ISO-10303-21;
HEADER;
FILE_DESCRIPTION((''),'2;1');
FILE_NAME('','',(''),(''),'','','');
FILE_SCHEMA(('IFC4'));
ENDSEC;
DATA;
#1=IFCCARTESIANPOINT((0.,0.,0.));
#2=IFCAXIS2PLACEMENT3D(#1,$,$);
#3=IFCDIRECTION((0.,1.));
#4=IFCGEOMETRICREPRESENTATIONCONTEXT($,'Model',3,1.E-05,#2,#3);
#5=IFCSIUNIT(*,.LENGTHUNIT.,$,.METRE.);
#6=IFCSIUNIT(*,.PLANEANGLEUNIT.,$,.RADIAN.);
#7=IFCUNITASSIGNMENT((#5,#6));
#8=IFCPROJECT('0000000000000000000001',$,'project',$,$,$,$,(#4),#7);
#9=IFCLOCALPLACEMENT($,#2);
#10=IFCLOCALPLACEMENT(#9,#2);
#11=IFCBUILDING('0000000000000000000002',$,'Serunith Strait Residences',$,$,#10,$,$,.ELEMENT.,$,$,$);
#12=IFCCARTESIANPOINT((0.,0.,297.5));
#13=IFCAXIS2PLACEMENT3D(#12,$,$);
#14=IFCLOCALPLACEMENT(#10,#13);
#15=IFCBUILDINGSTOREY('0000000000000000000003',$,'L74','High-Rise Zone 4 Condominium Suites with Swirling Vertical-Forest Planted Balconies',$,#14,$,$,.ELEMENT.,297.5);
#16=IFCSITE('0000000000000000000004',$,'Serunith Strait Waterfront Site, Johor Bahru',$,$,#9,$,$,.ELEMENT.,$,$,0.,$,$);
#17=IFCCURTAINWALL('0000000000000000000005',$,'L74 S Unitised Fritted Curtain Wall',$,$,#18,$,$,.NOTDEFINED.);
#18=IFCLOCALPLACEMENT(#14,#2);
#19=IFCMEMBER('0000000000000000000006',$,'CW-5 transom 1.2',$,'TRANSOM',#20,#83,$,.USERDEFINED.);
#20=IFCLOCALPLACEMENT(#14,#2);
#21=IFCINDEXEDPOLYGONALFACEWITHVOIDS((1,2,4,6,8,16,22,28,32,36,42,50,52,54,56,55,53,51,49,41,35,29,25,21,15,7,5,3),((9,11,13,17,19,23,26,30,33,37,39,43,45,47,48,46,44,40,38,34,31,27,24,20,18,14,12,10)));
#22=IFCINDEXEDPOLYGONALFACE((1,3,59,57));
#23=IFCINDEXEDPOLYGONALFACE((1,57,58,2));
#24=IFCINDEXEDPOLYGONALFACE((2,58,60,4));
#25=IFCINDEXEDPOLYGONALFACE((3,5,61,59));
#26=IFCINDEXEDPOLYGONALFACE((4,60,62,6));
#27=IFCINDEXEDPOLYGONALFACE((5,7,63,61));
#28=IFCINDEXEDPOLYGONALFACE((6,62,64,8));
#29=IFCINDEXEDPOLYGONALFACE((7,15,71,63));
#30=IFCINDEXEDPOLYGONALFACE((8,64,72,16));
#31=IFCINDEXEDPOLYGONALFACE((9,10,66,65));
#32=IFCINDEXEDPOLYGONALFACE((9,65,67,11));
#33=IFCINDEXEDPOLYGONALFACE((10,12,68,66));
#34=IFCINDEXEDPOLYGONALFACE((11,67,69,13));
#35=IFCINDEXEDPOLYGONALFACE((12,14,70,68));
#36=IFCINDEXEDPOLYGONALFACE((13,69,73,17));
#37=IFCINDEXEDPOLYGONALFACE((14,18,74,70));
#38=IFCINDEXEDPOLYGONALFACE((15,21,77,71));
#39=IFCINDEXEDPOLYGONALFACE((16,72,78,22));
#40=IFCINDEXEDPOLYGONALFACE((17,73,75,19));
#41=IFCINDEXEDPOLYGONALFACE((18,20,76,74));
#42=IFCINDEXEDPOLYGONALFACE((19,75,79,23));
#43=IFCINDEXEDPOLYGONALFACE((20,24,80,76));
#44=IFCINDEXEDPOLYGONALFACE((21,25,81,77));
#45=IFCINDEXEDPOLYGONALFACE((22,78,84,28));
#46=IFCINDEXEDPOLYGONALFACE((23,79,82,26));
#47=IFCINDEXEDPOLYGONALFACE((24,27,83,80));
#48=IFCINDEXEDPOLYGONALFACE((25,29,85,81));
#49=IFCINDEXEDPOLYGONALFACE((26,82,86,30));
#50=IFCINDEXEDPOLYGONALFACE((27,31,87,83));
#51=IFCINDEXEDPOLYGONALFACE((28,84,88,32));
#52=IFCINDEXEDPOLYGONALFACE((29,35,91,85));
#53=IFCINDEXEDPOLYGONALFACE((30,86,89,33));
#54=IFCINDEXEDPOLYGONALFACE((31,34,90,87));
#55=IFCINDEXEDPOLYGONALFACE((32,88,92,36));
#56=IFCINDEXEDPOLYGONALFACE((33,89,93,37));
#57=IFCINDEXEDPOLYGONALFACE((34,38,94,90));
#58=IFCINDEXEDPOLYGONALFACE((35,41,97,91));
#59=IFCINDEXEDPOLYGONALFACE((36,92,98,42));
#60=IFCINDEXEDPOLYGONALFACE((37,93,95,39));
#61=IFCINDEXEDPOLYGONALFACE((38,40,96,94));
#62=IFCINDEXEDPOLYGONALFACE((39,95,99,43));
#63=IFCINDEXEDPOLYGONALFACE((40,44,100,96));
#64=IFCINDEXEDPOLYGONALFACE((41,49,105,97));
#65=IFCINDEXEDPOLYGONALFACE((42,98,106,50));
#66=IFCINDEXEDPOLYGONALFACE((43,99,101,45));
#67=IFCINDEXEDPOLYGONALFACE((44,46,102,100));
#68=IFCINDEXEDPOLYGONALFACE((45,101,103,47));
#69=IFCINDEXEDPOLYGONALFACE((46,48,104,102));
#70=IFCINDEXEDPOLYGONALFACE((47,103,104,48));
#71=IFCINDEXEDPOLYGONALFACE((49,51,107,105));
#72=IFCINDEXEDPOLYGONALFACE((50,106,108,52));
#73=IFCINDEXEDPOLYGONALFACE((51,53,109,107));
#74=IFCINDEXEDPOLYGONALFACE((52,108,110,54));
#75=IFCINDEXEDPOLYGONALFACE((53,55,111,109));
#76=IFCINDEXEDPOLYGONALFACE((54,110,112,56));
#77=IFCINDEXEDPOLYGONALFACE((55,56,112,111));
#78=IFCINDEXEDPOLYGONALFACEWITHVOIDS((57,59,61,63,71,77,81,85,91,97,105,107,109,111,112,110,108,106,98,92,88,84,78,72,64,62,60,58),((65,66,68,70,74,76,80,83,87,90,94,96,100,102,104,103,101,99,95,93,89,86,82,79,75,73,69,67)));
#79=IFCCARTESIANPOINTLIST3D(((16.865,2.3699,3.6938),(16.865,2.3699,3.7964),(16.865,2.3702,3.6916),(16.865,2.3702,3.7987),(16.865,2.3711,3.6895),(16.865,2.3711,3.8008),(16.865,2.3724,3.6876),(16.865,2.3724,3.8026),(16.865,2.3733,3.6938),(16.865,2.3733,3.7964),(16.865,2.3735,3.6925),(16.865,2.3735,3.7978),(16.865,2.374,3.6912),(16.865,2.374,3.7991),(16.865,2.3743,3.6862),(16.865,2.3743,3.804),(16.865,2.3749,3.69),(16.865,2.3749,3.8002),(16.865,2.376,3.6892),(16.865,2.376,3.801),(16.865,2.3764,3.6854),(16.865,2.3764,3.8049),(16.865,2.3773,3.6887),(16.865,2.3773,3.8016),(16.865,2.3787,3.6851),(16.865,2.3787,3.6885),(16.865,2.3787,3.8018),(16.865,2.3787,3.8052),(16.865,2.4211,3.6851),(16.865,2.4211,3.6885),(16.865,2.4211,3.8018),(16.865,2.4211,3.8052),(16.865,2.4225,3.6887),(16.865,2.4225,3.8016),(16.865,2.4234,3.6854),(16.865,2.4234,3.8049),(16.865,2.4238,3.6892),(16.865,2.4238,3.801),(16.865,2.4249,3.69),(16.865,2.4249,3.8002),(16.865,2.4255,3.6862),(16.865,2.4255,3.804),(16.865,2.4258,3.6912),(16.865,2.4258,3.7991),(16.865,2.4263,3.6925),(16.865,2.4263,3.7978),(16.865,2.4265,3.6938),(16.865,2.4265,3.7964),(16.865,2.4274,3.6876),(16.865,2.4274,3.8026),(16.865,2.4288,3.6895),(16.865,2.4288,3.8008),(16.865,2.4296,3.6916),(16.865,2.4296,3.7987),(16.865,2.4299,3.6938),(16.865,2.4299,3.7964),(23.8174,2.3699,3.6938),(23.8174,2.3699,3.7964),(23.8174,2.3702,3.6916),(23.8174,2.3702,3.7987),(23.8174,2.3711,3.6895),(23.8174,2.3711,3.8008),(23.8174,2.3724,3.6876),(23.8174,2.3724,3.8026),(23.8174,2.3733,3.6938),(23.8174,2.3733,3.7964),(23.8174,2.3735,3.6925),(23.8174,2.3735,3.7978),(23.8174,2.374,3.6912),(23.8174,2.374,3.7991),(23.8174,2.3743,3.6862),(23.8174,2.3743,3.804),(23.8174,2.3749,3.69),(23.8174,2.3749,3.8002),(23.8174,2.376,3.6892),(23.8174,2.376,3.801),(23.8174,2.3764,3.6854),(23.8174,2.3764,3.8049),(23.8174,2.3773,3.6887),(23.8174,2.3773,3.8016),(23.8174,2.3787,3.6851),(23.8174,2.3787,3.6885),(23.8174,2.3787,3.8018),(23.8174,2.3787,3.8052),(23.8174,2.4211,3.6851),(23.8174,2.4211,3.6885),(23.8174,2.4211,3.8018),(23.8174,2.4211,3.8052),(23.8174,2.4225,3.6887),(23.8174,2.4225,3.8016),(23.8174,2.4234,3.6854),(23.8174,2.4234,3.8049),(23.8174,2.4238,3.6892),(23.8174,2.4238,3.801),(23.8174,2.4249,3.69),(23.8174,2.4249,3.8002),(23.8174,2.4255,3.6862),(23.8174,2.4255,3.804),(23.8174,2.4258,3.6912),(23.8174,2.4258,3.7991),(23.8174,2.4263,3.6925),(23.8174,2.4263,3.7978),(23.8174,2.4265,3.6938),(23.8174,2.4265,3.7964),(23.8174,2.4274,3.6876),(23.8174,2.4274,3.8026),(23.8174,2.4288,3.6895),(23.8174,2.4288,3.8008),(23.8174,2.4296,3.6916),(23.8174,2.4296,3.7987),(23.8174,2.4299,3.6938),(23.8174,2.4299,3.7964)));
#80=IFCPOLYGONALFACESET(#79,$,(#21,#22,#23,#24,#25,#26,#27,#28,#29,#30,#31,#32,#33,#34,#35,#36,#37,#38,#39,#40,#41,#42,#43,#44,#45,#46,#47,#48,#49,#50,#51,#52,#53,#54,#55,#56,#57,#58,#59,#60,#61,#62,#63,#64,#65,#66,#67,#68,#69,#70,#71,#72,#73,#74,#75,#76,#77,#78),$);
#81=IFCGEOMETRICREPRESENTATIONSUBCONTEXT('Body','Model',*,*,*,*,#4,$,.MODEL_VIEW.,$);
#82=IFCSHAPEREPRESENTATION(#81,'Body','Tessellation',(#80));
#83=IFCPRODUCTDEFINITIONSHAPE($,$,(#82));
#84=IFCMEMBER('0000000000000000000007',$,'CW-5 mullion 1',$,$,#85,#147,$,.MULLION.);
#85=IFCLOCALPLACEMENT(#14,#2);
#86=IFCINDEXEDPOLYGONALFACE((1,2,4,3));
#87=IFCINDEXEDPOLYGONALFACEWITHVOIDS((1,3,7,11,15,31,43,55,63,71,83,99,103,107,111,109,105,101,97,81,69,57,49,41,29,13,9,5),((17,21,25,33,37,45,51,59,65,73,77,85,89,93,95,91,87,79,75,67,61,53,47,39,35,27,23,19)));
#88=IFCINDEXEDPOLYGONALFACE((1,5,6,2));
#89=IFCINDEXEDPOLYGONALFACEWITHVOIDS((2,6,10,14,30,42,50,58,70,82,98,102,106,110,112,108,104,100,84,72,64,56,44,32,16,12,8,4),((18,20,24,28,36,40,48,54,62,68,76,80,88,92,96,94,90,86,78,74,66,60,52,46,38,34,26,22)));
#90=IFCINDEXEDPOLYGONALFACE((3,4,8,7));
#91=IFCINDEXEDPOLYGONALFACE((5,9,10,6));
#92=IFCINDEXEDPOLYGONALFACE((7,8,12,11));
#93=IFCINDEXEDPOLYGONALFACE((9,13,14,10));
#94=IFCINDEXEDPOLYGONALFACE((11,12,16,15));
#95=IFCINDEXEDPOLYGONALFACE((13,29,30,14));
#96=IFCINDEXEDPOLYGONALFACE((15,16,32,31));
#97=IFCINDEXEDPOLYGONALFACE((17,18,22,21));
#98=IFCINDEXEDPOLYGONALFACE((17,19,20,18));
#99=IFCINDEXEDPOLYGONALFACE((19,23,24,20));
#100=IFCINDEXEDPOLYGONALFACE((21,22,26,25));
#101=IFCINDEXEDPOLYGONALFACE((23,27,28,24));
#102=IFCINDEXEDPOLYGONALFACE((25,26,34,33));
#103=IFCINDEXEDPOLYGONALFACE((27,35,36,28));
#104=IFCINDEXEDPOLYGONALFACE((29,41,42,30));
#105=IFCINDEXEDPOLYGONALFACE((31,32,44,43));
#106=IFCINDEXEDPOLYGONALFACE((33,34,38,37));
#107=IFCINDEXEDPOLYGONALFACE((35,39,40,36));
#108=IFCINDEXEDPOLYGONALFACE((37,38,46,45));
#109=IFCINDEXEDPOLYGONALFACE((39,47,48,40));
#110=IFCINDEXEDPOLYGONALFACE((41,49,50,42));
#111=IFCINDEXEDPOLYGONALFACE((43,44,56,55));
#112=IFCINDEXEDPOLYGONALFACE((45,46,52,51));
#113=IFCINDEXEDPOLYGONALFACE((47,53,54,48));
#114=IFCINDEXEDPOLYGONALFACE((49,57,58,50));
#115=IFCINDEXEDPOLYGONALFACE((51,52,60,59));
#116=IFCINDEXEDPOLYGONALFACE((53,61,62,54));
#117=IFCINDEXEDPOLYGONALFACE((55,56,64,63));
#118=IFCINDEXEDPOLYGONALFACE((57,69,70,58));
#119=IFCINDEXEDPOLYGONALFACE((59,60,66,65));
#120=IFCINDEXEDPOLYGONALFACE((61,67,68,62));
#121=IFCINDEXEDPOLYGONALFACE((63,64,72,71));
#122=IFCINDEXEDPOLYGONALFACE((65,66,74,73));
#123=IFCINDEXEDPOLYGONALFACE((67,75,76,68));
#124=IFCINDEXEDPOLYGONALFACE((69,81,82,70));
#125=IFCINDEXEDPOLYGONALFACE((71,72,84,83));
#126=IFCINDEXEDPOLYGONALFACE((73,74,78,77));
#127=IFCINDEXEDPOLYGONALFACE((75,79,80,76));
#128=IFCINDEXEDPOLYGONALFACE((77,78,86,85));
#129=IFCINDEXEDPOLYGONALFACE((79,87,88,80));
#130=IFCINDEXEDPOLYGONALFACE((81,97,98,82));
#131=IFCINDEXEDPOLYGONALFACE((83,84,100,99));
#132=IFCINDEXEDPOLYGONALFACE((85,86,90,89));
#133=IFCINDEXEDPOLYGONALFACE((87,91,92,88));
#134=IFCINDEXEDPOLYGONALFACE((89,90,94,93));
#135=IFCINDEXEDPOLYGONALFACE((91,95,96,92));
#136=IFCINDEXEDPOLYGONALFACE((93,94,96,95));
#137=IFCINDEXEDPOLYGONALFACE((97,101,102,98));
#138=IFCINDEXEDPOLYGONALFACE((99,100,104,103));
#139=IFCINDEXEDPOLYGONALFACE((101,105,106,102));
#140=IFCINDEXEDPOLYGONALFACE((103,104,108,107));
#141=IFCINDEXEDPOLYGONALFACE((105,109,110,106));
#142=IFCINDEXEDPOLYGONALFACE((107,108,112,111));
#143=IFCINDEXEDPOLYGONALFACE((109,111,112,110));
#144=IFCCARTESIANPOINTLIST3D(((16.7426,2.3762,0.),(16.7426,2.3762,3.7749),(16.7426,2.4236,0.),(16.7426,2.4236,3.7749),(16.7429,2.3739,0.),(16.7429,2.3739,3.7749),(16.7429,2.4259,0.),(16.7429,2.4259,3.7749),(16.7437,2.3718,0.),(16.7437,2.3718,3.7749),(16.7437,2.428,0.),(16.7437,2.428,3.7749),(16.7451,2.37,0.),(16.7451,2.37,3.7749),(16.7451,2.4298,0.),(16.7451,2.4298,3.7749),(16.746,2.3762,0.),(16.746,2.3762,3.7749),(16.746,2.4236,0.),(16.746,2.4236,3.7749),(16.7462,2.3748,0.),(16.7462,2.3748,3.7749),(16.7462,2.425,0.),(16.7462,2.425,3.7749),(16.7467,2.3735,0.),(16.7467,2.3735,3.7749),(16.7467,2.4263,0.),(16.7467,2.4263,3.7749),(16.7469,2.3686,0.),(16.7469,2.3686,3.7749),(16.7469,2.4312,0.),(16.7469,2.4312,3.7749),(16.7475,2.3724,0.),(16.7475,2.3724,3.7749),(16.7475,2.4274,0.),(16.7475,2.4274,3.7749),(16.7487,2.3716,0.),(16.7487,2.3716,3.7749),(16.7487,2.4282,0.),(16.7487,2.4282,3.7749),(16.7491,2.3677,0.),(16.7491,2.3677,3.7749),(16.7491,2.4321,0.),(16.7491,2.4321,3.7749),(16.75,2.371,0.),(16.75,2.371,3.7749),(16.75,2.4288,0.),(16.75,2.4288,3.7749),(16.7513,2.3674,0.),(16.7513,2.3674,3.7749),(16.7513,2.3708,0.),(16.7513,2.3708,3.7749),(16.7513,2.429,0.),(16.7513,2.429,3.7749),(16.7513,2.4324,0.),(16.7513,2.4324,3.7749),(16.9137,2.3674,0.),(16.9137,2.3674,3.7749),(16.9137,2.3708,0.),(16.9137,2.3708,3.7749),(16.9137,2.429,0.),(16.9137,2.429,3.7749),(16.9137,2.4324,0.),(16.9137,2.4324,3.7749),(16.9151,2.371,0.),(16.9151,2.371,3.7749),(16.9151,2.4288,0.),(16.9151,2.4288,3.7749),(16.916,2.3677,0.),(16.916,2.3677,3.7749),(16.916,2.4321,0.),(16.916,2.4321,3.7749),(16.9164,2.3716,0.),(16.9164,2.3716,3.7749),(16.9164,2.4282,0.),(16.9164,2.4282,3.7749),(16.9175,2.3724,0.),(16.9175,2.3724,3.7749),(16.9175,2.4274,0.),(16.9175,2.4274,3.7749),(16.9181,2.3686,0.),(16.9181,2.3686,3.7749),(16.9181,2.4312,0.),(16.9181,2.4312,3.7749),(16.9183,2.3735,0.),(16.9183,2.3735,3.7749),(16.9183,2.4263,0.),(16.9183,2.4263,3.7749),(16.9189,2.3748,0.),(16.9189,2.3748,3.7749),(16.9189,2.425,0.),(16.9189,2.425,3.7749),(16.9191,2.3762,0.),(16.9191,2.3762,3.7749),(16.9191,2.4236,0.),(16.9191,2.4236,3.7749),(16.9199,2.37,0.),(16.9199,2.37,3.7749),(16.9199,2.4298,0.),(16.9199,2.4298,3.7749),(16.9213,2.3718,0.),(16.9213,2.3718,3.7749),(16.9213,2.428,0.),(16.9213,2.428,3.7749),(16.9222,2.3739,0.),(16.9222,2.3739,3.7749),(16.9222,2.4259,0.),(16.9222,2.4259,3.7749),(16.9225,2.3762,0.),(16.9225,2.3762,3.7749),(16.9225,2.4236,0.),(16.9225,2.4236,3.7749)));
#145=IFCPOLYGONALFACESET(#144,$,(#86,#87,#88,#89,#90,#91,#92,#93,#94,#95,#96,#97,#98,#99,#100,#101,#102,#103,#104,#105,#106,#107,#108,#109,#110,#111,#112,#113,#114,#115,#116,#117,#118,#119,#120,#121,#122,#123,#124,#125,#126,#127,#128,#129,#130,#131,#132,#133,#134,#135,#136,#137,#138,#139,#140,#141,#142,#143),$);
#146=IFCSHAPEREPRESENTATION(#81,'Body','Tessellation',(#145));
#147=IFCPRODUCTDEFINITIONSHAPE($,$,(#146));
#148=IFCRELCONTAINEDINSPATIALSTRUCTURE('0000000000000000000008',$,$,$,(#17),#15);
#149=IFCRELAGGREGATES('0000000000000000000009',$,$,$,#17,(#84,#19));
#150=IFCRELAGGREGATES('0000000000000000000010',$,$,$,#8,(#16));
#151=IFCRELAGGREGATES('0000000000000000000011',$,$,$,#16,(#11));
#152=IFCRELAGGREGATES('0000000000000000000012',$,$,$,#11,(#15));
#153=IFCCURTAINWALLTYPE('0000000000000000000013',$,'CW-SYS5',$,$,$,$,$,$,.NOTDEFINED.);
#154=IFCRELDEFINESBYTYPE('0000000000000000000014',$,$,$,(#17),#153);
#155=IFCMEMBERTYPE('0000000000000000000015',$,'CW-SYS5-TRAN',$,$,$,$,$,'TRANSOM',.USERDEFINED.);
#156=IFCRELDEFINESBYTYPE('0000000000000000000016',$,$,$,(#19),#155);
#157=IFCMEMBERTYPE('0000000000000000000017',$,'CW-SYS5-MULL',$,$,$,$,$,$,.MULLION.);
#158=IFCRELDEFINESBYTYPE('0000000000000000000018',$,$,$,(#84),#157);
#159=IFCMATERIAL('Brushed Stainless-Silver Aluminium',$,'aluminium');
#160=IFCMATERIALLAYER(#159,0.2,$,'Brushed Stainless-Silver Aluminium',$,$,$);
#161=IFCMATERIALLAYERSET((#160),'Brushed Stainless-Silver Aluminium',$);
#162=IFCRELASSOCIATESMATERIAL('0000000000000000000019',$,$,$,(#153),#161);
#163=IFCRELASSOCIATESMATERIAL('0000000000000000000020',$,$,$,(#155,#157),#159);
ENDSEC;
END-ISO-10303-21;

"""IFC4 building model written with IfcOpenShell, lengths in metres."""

from ifc_helpers import new_model, si_unit, direction, frame, origin, origin_2d, place, context, subcontext, project, spatial, hollow_rectangle, extrude, source, transform, mapped, material, layer, layer_set, material_profile, profile_set, type_object, element, aggregate, save


model = new_model("IFC4")

# Units and contexts
model_context = context("Model", 3, precision=1e-05, world=origin(), true_north=direction((0.0, 1.0)))
body_context = subcontext(model_context, "Body", "Model", "MODEL_VIEW")
ifc_project = project(units=[si_unit("LENGTHUNIT", "METRE"), si_unit("PLANEANGLEUNIT", "RADIAN")], contexts=[model_context])

# Site, building, storey
site_placement = place(None, origin())
site = spatial("IfcSite", under=ifc_project, at=site_placement, Name="Serunith Strait Waterfront Site, Johor Bahru", CompositionType="ELEMENT", RefElevation=0.0)
building_placement = place(site_placement, origin())
building = spatial("IfcBuilding", under=site, at=building_placement, Name="Serunith Strait Residences", CompositionType="ELEMENT")
storey_placement = place(building_placement, frame((0.0, 0.0, 297.5)))
storey = spatial("IfcBuildingStorey", under=building, at=storey_placement, Name="L74", Description="High-Rise Zone 4 Condominium Suites with Swirling Vertical-Forest Planted Balconies", CompositionType="ELEMENT", Elevation=297.5)

# Curtain wall, members
ifc_material_1 = material(Name="Brushed Stainless-Silver Aluminium", Category="aluminium")
ifc_layer_1 = layer(ifc_material_1, 0.2, Name="Brushed Stainless-Silver Aluminium")
ifc_layer_set_1 = layer_set([ifc_layer_1], Name="Brushed Stainless-Silver Aluminium")
curtain_wall_type = type_object("IfcCurtainWallType", Name="CW-SYS5", PredefinedType="NOTDEFINED", material=ifc_layer_set_1)
curtain_wall_1_placement = place(storey_placement, origin())
curtain_wall_1 = element("IfcCurtainWall", 1, at=curtain_wall_1_placement, inside=storey, type_object=curtain_wall_type, Name="L74 S Unitised Fritted Curtain Wall", PredefinedType="NOTDEFINED")
ifc_material_profile_1 = material_profile(ifc_material_1, hollow_rectangle(XDim=0.0601, YDim=0.1201, WallThickness=0.0034, InnerFilletRadius=0.0054, OuterFilletRadius=0.0088, at=origin_2d()), Name="ALU 120x60x3.5")
ifc_profile_set_1 = profile_set([ifc_material_profile_1], Name="Brushed Stainless-Silver Aluminium")
member_type_1 = type_object("IfcMemberType", Name="CW-SYS5-TRAN", ElementType="TRANSOM", PredefinedType="USERDEFINED", material=ifc_profile_set_1)
shared_shape_1 = source(origin(), body_context, "Body", "SweptSolid", [
    extrude(hollow_rectangle(XDim=0.0601, YDim=0.1201, WallThickness=0.0034, InnerFilletRadius=0.0054, OuterFilletRadius=0.0088, at=origin_2d()), origin(), (0.0, 0.0, 1.0), 6.9524),
])
member_1_placement = place(storey_placement, frame((16.865, 2.3999, 3.7451), z_axis=(1.0, 0.0, 0.0), x_axis=(0.0, 1.0, 0.0)))
member_1 = element("IfcMember", 2, at=member_1_placement, type_object=member_type_1, Name="CW-5 transom 1.2", ObjectType="TRANSOM", PredefinedType="USERDEFINED", context=body_context, shape_type="MappedRepresentation", body=[
    mapped(shared_shape_1, transform((0.0, 0.0, 0.0), scale=1.0)),
])
ifc_material_profile_2 = material_profile(ifc_material_1, hollow_rectangle(XDim=0.0649, YDim=0.1799, WallThickness=0.0034, InnerFilletRadius=0.0054, OuterFilletRadius=0.0088, at=origin_2d()), Name="ALU 180x65x3.5")
ifc_profile_set_2 = profile_set([ifc_material_profile_2], Name="Brushed Stainless-Silver Aluminium")
member_type_2 = type_object("IfcMemberType", Name="CW-SYS5-MULL", PredefinedType="MULLION", material=ifc_profile_set_2)
shared_shape_2 = source(origin(), body_context, "Body", "SweptSolid", [
    extrude(hollow_rectangle(XDim=0.0649, YDim=0.1799, WallThickness=0.0034, InnerFilletRadius=0.0054, OuterFilletRadius=0.0088, at=origin_2d()), origin(), (0.0, 0.0, 1.0), 3.7749),
])
member_2_placement = place(storey_placement, frame((16.8325, 2.3999, 0.0), z_axis=(0.0, 0.0, 1.0), x_axis=(0.0, 1.0, 0.0)))
member_2 = element("IfcMember", 3, at=member_2_placement, type_object=member_type_2, Name="CW-5 mullion 1", PredefinedType="MULLION", context=body_context, shape_type="MappedRepresentation", body=[
    mapped(shared_shape_2, transform((0.0, 0.0, 0.0), scale=1.0)),
])
aggregate(curtain_wall_1, [member_2, member_1])

save(model, "model.ifc")
